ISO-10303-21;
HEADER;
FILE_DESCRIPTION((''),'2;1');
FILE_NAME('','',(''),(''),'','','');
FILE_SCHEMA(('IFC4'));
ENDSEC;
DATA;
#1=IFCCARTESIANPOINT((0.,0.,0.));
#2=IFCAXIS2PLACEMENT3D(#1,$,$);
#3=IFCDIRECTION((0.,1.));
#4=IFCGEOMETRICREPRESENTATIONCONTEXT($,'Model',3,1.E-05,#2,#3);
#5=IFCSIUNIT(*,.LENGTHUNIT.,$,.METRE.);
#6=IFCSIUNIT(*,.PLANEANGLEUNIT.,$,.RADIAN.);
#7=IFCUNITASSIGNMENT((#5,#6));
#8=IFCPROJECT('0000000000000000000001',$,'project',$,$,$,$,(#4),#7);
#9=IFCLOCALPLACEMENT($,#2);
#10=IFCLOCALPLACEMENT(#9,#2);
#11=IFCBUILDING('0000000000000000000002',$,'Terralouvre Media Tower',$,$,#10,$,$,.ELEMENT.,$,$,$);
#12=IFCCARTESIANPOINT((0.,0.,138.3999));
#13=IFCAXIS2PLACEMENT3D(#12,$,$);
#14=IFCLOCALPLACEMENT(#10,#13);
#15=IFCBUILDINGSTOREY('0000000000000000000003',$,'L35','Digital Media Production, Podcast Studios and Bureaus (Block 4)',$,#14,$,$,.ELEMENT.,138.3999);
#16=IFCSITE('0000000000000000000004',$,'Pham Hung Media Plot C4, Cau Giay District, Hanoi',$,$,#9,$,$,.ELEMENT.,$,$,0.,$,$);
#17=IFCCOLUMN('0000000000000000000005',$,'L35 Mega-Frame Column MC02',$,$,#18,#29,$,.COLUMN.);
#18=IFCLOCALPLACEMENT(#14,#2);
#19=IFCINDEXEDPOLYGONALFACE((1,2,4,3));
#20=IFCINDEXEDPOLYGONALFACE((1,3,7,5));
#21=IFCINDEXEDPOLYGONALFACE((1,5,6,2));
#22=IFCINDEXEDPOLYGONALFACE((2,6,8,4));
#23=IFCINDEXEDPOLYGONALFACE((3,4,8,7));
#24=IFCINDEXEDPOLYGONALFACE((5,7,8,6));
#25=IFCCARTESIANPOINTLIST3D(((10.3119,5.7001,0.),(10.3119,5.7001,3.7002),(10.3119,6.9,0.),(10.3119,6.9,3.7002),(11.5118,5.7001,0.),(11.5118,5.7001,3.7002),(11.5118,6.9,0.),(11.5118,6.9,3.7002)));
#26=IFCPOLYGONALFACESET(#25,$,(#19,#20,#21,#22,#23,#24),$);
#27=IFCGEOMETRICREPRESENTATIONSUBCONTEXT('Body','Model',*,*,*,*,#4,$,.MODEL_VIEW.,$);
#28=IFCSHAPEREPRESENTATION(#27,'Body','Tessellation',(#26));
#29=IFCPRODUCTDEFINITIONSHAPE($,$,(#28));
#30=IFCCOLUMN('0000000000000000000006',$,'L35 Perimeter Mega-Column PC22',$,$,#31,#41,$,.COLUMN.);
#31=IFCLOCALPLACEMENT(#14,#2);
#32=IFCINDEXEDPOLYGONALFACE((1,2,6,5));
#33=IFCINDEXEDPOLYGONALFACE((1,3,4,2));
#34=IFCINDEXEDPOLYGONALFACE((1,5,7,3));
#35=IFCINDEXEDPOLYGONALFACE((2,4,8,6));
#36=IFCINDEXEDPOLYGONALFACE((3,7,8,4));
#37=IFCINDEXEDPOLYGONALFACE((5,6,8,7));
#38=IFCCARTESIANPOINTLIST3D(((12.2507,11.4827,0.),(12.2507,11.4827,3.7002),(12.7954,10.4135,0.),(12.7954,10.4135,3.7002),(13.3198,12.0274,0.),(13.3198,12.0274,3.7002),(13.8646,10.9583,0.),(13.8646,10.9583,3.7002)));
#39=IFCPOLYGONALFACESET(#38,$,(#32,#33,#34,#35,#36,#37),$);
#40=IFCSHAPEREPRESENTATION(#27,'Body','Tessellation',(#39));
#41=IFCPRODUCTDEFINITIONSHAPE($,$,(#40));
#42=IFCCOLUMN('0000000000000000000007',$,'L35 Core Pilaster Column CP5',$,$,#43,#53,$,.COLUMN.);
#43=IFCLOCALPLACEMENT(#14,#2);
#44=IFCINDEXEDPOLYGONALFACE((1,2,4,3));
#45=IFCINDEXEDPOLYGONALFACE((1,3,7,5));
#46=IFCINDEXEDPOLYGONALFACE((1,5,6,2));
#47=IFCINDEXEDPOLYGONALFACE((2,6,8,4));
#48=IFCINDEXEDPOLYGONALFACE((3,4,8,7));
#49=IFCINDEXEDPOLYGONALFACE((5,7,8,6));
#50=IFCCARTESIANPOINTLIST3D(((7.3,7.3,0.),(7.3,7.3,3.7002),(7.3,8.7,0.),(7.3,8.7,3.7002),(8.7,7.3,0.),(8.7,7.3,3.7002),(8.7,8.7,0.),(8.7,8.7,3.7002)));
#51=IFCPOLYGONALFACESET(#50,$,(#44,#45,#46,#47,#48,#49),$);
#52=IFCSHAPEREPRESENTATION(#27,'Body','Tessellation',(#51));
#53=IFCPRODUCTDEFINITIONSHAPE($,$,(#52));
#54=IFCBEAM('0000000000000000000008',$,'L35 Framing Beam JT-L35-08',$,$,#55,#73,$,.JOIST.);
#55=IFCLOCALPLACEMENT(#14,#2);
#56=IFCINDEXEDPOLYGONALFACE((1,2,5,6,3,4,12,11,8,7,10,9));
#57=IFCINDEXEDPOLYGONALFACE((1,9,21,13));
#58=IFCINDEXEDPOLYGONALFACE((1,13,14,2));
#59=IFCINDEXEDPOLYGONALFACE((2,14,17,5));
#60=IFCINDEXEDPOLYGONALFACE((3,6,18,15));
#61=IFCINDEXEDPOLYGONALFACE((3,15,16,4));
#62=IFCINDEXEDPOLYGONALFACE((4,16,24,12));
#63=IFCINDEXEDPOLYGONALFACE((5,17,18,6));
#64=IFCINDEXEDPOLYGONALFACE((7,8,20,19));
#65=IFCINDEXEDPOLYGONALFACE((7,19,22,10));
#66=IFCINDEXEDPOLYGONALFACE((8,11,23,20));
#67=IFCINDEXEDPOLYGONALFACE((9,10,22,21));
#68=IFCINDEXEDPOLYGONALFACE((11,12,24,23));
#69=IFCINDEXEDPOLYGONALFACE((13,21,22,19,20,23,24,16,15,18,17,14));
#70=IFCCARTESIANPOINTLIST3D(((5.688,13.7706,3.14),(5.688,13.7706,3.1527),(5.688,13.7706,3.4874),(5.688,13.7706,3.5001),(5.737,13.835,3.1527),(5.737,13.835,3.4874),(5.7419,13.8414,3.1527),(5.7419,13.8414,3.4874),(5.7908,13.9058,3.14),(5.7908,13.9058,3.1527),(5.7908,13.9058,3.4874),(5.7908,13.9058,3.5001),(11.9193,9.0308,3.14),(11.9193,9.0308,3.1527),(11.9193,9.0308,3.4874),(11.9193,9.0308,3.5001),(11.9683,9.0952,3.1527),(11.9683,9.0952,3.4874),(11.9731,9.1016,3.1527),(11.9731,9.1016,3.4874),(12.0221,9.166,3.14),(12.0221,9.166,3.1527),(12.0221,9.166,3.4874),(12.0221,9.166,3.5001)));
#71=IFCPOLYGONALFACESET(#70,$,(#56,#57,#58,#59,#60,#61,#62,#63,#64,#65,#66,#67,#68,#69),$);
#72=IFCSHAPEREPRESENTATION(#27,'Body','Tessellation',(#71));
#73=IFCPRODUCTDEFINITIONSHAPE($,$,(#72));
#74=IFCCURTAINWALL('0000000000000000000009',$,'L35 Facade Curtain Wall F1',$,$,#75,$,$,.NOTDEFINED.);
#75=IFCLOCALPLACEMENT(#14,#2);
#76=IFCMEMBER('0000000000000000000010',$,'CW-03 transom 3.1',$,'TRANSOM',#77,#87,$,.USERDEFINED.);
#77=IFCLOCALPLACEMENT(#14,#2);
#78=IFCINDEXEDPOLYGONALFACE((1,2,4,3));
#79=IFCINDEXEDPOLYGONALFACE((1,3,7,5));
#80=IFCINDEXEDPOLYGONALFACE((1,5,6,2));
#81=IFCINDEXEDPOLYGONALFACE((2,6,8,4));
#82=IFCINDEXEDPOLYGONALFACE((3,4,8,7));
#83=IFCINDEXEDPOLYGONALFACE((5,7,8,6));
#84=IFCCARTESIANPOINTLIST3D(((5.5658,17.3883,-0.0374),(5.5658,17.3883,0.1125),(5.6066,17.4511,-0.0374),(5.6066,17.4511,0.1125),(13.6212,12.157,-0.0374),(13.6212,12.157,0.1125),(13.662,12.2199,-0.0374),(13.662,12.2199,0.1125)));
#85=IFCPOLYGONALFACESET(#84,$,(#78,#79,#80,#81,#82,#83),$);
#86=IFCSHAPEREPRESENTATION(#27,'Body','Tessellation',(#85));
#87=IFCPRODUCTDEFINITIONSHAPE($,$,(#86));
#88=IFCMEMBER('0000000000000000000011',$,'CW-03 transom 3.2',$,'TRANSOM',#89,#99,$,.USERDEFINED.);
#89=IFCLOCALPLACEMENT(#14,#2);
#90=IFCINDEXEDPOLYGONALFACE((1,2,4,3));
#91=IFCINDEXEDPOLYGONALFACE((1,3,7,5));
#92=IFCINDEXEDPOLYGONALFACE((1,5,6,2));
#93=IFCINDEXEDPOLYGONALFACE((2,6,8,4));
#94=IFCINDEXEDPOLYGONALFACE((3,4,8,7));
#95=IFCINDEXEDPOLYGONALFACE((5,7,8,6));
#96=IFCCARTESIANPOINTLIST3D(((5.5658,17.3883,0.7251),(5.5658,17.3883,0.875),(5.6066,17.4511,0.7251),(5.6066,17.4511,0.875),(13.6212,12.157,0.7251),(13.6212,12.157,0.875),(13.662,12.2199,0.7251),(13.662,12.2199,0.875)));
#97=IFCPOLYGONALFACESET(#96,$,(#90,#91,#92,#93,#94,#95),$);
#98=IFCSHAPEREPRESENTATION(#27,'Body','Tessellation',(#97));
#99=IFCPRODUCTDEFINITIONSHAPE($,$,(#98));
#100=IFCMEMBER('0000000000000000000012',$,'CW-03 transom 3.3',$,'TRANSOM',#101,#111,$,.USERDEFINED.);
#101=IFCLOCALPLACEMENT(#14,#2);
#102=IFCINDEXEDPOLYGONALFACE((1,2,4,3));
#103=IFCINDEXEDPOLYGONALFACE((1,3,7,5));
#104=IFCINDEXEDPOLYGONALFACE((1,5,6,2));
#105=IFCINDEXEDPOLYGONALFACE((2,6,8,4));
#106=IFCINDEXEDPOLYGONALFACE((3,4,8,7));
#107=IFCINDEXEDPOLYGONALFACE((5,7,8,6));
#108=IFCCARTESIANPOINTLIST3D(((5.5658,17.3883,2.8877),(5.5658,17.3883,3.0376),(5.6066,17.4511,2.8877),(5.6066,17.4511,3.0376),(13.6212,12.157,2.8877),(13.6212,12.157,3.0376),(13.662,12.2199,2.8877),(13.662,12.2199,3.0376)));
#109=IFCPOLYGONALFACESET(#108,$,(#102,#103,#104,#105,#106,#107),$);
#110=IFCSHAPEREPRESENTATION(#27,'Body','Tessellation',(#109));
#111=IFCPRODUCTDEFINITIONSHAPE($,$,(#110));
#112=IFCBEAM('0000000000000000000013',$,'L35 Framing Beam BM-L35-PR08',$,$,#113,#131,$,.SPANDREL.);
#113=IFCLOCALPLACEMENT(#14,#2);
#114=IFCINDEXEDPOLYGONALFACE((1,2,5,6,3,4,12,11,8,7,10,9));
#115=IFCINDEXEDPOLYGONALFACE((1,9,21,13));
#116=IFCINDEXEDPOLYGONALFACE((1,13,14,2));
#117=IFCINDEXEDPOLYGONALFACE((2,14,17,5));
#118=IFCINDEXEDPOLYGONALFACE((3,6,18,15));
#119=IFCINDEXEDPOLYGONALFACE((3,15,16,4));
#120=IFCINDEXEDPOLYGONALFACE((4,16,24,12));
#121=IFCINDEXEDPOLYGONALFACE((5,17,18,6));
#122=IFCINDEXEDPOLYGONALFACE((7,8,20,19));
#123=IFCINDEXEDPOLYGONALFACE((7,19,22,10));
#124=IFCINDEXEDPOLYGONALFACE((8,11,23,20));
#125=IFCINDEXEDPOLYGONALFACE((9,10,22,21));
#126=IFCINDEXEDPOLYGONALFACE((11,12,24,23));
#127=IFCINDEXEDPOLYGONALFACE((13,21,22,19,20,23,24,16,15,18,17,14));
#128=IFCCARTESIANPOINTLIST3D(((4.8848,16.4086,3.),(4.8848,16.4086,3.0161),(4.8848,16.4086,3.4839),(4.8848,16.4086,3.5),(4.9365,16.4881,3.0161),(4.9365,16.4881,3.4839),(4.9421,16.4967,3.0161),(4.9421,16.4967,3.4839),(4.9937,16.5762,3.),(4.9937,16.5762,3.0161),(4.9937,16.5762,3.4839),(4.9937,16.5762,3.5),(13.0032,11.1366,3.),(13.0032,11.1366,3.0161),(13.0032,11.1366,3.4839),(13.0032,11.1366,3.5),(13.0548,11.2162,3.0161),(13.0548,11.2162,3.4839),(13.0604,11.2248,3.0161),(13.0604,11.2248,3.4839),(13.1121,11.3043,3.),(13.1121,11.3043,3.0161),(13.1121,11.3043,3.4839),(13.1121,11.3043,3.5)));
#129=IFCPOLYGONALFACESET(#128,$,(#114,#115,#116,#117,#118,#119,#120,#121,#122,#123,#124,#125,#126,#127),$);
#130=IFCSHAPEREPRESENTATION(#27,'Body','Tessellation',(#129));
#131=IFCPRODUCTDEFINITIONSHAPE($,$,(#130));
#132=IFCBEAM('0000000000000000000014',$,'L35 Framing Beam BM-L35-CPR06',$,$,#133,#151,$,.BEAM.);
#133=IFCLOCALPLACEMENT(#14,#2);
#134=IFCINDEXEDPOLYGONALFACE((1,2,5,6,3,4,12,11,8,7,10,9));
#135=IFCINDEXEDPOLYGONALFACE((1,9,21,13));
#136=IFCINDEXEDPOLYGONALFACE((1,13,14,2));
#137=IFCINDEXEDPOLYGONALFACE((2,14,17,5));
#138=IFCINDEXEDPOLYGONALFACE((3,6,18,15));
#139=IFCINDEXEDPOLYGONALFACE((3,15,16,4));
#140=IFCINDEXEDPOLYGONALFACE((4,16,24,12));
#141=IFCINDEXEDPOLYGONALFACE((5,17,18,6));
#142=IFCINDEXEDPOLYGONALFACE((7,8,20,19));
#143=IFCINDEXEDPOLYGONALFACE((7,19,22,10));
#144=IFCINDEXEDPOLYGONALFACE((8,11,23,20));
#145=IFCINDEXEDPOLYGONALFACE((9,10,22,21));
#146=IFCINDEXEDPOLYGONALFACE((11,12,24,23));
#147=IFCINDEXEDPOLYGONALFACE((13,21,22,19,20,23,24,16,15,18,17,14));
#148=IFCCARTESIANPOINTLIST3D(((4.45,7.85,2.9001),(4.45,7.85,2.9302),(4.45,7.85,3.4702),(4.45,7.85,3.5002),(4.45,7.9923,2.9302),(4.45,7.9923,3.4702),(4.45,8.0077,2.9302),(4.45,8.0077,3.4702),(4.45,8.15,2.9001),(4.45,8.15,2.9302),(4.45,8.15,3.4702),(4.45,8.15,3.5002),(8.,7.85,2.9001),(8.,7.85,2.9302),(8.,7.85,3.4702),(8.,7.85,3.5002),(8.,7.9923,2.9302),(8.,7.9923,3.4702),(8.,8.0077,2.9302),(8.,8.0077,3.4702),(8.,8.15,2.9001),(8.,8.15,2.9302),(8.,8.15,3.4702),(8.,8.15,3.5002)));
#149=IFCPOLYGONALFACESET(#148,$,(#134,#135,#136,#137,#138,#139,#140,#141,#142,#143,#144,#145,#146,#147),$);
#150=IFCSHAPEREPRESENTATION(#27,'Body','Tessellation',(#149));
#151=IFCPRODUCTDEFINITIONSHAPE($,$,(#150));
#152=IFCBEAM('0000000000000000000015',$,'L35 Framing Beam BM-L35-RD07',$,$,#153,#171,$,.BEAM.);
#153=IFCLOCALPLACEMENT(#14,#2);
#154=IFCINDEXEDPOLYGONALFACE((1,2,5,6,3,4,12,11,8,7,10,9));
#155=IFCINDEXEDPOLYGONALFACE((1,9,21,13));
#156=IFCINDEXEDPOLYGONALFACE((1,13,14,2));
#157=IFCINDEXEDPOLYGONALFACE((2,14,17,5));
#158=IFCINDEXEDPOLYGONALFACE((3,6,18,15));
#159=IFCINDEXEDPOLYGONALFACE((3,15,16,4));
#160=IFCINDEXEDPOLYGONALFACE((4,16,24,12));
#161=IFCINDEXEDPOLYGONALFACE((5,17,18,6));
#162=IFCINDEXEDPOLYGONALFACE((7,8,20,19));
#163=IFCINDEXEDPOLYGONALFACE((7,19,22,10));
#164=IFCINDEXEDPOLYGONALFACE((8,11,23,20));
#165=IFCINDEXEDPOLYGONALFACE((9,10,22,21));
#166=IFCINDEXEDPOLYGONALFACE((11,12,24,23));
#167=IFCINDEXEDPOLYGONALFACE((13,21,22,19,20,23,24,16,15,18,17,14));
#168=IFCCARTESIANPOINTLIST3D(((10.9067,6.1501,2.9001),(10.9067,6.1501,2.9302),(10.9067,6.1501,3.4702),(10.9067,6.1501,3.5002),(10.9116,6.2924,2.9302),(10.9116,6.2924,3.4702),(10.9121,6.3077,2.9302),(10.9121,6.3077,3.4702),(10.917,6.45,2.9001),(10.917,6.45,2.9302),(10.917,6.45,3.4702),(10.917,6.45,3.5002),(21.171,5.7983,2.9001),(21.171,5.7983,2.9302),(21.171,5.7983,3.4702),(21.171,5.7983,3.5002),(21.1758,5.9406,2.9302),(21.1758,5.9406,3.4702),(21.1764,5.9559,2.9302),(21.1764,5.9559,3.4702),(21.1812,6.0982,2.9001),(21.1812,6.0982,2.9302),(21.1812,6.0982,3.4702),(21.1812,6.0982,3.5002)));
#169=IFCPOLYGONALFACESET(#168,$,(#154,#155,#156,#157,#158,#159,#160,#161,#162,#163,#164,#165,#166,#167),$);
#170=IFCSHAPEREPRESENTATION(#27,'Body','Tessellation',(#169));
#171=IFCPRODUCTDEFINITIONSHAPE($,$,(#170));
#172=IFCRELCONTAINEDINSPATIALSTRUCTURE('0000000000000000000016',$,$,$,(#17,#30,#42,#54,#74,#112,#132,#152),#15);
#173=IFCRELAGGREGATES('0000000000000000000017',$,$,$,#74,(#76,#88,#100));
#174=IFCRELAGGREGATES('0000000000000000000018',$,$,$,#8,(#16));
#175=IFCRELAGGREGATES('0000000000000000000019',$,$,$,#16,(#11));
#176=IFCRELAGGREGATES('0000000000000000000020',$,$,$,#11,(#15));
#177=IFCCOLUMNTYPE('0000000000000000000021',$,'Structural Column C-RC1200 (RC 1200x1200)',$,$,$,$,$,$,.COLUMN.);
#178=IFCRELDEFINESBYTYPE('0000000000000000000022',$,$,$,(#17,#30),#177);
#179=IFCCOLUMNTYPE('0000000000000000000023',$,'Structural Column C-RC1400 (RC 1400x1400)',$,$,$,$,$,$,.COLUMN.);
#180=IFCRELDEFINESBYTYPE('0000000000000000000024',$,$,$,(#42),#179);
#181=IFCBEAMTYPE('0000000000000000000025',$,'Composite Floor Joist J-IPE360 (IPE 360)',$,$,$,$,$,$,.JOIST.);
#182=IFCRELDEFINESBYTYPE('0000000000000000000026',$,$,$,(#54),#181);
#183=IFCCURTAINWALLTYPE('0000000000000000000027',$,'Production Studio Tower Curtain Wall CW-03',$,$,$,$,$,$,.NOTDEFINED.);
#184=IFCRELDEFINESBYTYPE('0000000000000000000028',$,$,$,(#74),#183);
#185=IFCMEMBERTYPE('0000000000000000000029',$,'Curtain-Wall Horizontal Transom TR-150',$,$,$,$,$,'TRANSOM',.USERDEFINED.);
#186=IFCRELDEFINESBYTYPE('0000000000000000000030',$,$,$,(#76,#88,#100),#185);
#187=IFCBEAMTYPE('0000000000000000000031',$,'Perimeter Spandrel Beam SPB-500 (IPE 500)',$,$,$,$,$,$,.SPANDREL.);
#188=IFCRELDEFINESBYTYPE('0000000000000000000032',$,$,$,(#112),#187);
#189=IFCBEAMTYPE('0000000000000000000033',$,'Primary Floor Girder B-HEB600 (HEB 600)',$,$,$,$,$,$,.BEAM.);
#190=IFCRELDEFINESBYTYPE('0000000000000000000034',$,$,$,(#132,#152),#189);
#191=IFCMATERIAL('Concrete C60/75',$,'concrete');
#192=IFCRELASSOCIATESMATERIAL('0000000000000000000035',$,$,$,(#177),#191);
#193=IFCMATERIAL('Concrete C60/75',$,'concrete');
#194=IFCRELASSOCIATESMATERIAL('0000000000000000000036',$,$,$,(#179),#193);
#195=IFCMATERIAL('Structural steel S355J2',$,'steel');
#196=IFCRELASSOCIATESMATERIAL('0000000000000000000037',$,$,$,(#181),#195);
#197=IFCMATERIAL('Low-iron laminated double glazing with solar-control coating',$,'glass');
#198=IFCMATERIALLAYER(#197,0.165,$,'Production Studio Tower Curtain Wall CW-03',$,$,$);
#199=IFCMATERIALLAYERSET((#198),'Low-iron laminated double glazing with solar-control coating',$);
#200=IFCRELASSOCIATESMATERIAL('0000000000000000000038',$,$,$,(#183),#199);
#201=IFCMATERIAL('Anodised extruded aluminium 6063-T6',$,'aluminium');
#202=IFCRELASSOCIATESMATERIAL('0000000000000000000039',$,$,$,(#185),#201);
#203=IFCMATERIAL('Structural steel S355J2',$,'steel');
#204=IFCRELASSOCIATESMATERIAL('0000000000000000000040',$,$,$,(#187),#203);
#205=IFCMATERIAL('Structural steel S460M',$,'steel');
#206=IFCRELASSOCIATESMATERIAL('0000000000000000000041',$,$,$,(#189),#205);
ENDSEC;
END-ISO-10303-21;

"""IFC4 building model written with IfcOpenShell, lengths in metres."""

from ifc_helpers import new_model, si_unit, direction, frame, origin, origin_2d, place, context, subcontext, project, spatial, rectangle, i_section, extrude, material, layer, layer_set, material_profile, profile_set, type_object, element, aggregate, save


model = new_model("IFC4")

# Units and contexts
model_context = context("Model", 3, precision=1e-05, world=origin(), true_north=direction((0.0, 1.0)))
body_context = subcontext(model_context, "Body", "Model", "MODEL_VIEW")
ifc_project = project(units=[si_unit("LENGTHUNIT", "METRE"), si_unit("PLANEANGLEUNIT", "RADIAN")], contexts=[model_context])

# Site, building, storey
site_placement = place(None, origin())
site = spatial("IfcSite", under=ifc_project, at=site_placement, Name="Pham Hung Media Plot C4, Cau Giay District, Hanoi", CompositionType="ELEMENT", RefElevation=0.0)
building_placement = place(site_placement, origin())
building = spatial("IfcBuilding", under=site, at=building_placement, Name="Terralouvre Media Tower", CompositionType="ELEMENT")
storey_placement = place(building_placement, frame((0.0, 0.0, 138.3999)))
storey = spatial("IfcBuildingStorey", under=building, at=storey_placement, Name="L35", Description="Digital Media Production, Podcast Studios and Bureaus (Block 4)", CompositionType="ELEMENT", Elevation=138.3999)

# Columns
ifc_material_1 = material(Name="Concrete C60/75", Category="concrete")
ifc_material_profile_1 = material_profile(ifc_material_1, rectangle(XDim=1.2, YDim=1.2, at=origin_2d()), Name="RC 1200x1200")
ifc_profile_set_1 = profile_set([ifc_material_profile_1], Name="Concrete C60/75")
column_type_1 = type_object("IfcColumnType", Name="Structural Column C-RC1200 (RC 1200x1200)", PredefinedType="COLUMN", material=ifc_profile_set_1)
for number, where, z_axis, x_axis, name in (
    (1, (10.9119, 6.3, 0.0), (0.0, 0.0, 1.0), (1.0, 0.0, 0.0), "L35 Mega-Frame Column MC02"),
    (2, (13.0576, 11.2205, 0.0), (0.0, 0.0, 1.0), (0.891007, 0.45399, 0.0), "L35 Perimeter Mega-Column PC22"),
):
    element("IfcColumn", number, at=place(storey_placement, frame(where, z_axis=z_axis, x_axis=x_axis)), inside=storey, type_object=column_type_1, Name=name, PredefinedType="COLUMN", context=body_context, shape_type="SweptSolid", body=[
        extrude(rectangle(XDim=1.2, YDim=1.2, at=origin_2d()), origin(), (0.0, 0.0, 1.0), 3.7002),
    ])
ifc_material_2 = material(Name="Concrete C60/75", Category="concrete")
ifc_material_profile_2 = material_profile(ifc_material_2, rectangle(XDim=1.3999, YDim=1.3999, at=origin_2d()), Name="RC 1400x1400")
ifc_profile_set_2 = profile_set([ifc_material_profile_2], Name="Concrete C60/75")
column_type_2 = type_object("IfcColumnType", Name="Structural Column C-RC1400 (RC 1400x1400)", PredefinedType="COLUMN", material=ifc_profile_set_2)
column_placement = place(storey_placement, frame((8.0, 8.0, 0.0), z_axis=(0.0, 0.0, 1.0), x_axis=(1.0, 0.0, 0.0)))
element("IfcColumn", 3, at=column_placement, inside=storey, type_object=column_type_2, Name="L35 Core Pilaster Column CP5", PredefinedType="COLUMN", context=body_context, shape_type="SweptSolid", body=[
    extrude(rectangle(XDim=1.3999, YDim=1.3999, at=origin_2d()), origin(), (0.0, 0.0, 1.0), 3.7002),
])

# Beam
ifc_material_3 = material(Name="Structural steel S355J2", Category="steel")
ifc_material_profile_3 = material_profile(ifc_material_3, i_section(OverallWidth=0.1699, OverallDepth=0.3601, WebThickness=0.0081, FlangeThickness=0.0127, at=origin_2d()), Name="IPE 360")
ifc_profile_set_3 = profile_set([ifc_material_profile_3], Name="Structural steel S355J2")
beam_type_1 = type_object("IfcBeamType", Name="Composite Floor Joist J-IPE360 (IPE 360)", PredefinedType="JOIST", material=ifc_profile_set_3)
beam_1_placement = place(storey_placement, frame((11.9707, 9.0984, 3.3201), z_axis=(-0.795914, 0.60541, 0.0), x_axis=(-0.60541, -0.795914, 0.0)))
element("IfcBeam", 4, at=beam_1_placement, inside=storey, type_object=beam_type_1, Name="L35 Framing Beam JT-L35-08", PredefinedType="JOIST", context=body_context, shape_type="SweptSolid", body=[
    extrude(i_section(OverallWidth=0.1699, OverallDepth=0.3601, WebThickness=0.0081, FlangeThickness=0.0127, at=origin_2d()), origin(), (0.0, 0.0, 1.0), 7.8291),
])

# Curtain wall, members
ifc_material_4 = material(Name="Low-iron laminated double glazing with solar-control coating", Category="glass")
ifc_layer_1 = layer(ifc_material_4, 0.165, Name="Production Studio Tower Curtain Wall CW-03")
ifc_layer_set_1 = layer_set([ifc_layer_1], Name="Low-iron laminated double glazing with solar-control coating")
curtain_wall_type = type_object("IfcCurtainWallType", Name="Production Studio Tower Curtain Wall CW-03", PredefinedType="NOTDEFINED", material=ifc_layer_set_1)
curtain_wall_placement = place(storey_placement, origin())
curtain_wall = element("IfcCurtainWall", 5, at=curtain_wall_placement, inside=storey, type_object=curtain_wall_type, Name="L35 Facade Curtain Wall F1", PredefinedType="NOTDEFINED")
ifc_material_5 = material(Name="Anodised extruded aluminium 6063-T6", Category="aluminium")
ifc_material_profile_4 = material_profile(ifc_material_5, rectangle(XDim=0.075, YDim=0.1499, at=origin_2d()), Name="ALU 75x150")
ifc_profile_set_4 = profile_set([ifc_material_profile_4], Name="Anodised extruded aluminium 6063-T6")
member_type = type_object("IfcMemberType", Name="Curtain-Wall Horizontal Transom TR-150", ElementType="TRANSOM", PredefinedType="USERDEFINED", material=ifc_profile_set_4)
member_1_placement = place(storey_placement, frame((13.6416, 12.1885, 0.0376), z_axis=(-0.838673, 0.544635, 0.0), x_axis=(-0.544635, -0.838673, 0.0)))
member_1 = element("IfcMember", 6, at=member_1_placement, type_object=member_type, Name="CW-03 transom 3.1", ObjectType="TRANSOM", PredefinedType="USERDEFINED", context=body_context, shape_type="SweptSolid", body=[
    extrude(rectangle(XDim=0.075, YDim=0.1499, at=origin_2d()), origin(), (0.0, 0.0, 1.0), 9.605),
])
member_2_placement = place(storey_placement, frame((13.6416, 12.1885, 0.8), z_axis=(-0.838673, 0.544635, 0.0), x_axis=(-0.544635, -0.838673, 0.0)))
member_2 = element("IfcMember", 7, at=member_2_placement, type_object=member_type, Name="CW-03 transom 3.2", ObjectType="TRANSOM", PredefinedType="USERDEFINED", context=body_context, shape_type="SweptSolid", body=[
    extrude(rectangle(XDim=0.075, YDim=0.1499, at=origin_2d()), origin(), (0.0, 0.0, 1.0), 9.605),
])
member_3_placement = place(storey_placement, frame((13.6416, 12.1885, 2.9626), z_axis=(-0.838673, 0.544635, 0.0), x_axis=(-0.544635, -0.838673, 0.0)))
member_3 = element("IfcMember", 8, at=member_3_placement, type_object=member_type, Name="CW-03 transom 3.3", ObjectType="TRANSOM", PredefinedType="USERDEFINED", context=body_context, shape_type="SweptSolid", body=[
    extrude(rectangle(XDim=0.075, YDim=0.1499, at=origin_2d()), origin(), (0.0, 0.0, 1.0), 9.605),
])

# Beams
ifc_material_6 = material(Name="Structural steel S355J2", Category="steel")
ifc_material_profile_5 = material_profile(ifc_material_6, i_section(OverallWidth=0.2, OverallDepth=0.5, WebThickness=0.0103, FlangeThickness=0.0161, at=origin_2d()), Name="IPE 500")
ifc_profile_set_5 = profile_set([ifc_material_profile_5], Name="Structural steel S355J2")
beam_type_2 = type_object("IfcBeamType", Name="Perimeter Spandrel Beam SPB-500 (IPE 500)", PredefinedType="SPANDREL", material=ifc_profile_set_5)
beam_2_placement = place(storey_placement, frame((13.0576, 11.2205, 3.25), z_axis=(-0.838679, 0.544626, 0.0), x_axis=(-0.544626, -0.838679, 0.0)))
element("IfcBeam", 9, at=beam_2_placement, inside=storey, type_object=beam_type_2, Name="L35 Framing Beam BM-L35-PR08", PredefinedType="SPANDREL", context=body_context, shape_type="SweptSolid", body=[
    extrude(i_section(OverallWidth=0.2, OverallDepth=0.5, WebThickness=0.0103, FlangeThickness=0.0161, at=origin_2d()), origin(), (0.0, 0.0, 1.0), 9.6799),
])
ifc_material_7 = material(Name="Structural steel S460M", Category="steel")
ifc_material_profile_6 = material_profile(ifc_material_7, i_section(OverallWidth=0.3, OverallDepth=0.6001, WebThickness=0.0154, FlangeThickness=0.03, at=origin_2d()), Name="HEB 600")
ifc_profile_set_6 = profile_set([ifc_material_profile_6], Name="Structural steel S460M")
beam_type_3 = type_object("IfcBeamType", Name="Primary Floor Girder B-HEB600 (HEB 600)", PredefinedType="BEAM", material=ifc_profile_set_6)
beam_3_placement = place(storey_placement, frame((8.0, 8.0, 3.2002), z_axis=(-1.0, 0.0, 0.0), x_axis=(0.0, -1.0, 0.0)))
element("IfcBeam", 10, at=beam_3_placement, inside=storey, type_object=beam_type_3, Name="L35 Framing Beam BM-L35-CPR06", PredefinedType="BEAM", context=body_context, shape_type="SweptSolid", body=[
    extrude(i_section(OverallWidth=0.3, OverallDepth=0.6001, WebThickness=0.0154, FlangeThickness=0.03, at=origin_2d()), origin(), (0.0, 0.0, 1.0), 3.55),
])
beam_4_placement = place(storey_placement, frame((10.9119, 6.3, 3.2002), z_axis=(0.999413, -0.034255, 0.0), x_axis=(0.034255, 0.999413, 0.0)))
element("IfcBeam", 11, at=beam_4_placement, inside=storey, type_object=beam_type_3, Name="L35 Framing Beam BM-L35-RD07", PredefinedType="BEAM", context=body_context, shape_type="SweptSolid", body=[
    extrude(i_section(OverallWidth=0.3, OverallDepth=0.6001, WebThickness=0.0154, FlangeThickness=0.03, at=origin_2d()), origin(), (0.0, 0.0, 1.0), 10.2703),
])

aggregate(curtain_wall, [member_1, member_2, member_3])

save(model, "model.ifc")
